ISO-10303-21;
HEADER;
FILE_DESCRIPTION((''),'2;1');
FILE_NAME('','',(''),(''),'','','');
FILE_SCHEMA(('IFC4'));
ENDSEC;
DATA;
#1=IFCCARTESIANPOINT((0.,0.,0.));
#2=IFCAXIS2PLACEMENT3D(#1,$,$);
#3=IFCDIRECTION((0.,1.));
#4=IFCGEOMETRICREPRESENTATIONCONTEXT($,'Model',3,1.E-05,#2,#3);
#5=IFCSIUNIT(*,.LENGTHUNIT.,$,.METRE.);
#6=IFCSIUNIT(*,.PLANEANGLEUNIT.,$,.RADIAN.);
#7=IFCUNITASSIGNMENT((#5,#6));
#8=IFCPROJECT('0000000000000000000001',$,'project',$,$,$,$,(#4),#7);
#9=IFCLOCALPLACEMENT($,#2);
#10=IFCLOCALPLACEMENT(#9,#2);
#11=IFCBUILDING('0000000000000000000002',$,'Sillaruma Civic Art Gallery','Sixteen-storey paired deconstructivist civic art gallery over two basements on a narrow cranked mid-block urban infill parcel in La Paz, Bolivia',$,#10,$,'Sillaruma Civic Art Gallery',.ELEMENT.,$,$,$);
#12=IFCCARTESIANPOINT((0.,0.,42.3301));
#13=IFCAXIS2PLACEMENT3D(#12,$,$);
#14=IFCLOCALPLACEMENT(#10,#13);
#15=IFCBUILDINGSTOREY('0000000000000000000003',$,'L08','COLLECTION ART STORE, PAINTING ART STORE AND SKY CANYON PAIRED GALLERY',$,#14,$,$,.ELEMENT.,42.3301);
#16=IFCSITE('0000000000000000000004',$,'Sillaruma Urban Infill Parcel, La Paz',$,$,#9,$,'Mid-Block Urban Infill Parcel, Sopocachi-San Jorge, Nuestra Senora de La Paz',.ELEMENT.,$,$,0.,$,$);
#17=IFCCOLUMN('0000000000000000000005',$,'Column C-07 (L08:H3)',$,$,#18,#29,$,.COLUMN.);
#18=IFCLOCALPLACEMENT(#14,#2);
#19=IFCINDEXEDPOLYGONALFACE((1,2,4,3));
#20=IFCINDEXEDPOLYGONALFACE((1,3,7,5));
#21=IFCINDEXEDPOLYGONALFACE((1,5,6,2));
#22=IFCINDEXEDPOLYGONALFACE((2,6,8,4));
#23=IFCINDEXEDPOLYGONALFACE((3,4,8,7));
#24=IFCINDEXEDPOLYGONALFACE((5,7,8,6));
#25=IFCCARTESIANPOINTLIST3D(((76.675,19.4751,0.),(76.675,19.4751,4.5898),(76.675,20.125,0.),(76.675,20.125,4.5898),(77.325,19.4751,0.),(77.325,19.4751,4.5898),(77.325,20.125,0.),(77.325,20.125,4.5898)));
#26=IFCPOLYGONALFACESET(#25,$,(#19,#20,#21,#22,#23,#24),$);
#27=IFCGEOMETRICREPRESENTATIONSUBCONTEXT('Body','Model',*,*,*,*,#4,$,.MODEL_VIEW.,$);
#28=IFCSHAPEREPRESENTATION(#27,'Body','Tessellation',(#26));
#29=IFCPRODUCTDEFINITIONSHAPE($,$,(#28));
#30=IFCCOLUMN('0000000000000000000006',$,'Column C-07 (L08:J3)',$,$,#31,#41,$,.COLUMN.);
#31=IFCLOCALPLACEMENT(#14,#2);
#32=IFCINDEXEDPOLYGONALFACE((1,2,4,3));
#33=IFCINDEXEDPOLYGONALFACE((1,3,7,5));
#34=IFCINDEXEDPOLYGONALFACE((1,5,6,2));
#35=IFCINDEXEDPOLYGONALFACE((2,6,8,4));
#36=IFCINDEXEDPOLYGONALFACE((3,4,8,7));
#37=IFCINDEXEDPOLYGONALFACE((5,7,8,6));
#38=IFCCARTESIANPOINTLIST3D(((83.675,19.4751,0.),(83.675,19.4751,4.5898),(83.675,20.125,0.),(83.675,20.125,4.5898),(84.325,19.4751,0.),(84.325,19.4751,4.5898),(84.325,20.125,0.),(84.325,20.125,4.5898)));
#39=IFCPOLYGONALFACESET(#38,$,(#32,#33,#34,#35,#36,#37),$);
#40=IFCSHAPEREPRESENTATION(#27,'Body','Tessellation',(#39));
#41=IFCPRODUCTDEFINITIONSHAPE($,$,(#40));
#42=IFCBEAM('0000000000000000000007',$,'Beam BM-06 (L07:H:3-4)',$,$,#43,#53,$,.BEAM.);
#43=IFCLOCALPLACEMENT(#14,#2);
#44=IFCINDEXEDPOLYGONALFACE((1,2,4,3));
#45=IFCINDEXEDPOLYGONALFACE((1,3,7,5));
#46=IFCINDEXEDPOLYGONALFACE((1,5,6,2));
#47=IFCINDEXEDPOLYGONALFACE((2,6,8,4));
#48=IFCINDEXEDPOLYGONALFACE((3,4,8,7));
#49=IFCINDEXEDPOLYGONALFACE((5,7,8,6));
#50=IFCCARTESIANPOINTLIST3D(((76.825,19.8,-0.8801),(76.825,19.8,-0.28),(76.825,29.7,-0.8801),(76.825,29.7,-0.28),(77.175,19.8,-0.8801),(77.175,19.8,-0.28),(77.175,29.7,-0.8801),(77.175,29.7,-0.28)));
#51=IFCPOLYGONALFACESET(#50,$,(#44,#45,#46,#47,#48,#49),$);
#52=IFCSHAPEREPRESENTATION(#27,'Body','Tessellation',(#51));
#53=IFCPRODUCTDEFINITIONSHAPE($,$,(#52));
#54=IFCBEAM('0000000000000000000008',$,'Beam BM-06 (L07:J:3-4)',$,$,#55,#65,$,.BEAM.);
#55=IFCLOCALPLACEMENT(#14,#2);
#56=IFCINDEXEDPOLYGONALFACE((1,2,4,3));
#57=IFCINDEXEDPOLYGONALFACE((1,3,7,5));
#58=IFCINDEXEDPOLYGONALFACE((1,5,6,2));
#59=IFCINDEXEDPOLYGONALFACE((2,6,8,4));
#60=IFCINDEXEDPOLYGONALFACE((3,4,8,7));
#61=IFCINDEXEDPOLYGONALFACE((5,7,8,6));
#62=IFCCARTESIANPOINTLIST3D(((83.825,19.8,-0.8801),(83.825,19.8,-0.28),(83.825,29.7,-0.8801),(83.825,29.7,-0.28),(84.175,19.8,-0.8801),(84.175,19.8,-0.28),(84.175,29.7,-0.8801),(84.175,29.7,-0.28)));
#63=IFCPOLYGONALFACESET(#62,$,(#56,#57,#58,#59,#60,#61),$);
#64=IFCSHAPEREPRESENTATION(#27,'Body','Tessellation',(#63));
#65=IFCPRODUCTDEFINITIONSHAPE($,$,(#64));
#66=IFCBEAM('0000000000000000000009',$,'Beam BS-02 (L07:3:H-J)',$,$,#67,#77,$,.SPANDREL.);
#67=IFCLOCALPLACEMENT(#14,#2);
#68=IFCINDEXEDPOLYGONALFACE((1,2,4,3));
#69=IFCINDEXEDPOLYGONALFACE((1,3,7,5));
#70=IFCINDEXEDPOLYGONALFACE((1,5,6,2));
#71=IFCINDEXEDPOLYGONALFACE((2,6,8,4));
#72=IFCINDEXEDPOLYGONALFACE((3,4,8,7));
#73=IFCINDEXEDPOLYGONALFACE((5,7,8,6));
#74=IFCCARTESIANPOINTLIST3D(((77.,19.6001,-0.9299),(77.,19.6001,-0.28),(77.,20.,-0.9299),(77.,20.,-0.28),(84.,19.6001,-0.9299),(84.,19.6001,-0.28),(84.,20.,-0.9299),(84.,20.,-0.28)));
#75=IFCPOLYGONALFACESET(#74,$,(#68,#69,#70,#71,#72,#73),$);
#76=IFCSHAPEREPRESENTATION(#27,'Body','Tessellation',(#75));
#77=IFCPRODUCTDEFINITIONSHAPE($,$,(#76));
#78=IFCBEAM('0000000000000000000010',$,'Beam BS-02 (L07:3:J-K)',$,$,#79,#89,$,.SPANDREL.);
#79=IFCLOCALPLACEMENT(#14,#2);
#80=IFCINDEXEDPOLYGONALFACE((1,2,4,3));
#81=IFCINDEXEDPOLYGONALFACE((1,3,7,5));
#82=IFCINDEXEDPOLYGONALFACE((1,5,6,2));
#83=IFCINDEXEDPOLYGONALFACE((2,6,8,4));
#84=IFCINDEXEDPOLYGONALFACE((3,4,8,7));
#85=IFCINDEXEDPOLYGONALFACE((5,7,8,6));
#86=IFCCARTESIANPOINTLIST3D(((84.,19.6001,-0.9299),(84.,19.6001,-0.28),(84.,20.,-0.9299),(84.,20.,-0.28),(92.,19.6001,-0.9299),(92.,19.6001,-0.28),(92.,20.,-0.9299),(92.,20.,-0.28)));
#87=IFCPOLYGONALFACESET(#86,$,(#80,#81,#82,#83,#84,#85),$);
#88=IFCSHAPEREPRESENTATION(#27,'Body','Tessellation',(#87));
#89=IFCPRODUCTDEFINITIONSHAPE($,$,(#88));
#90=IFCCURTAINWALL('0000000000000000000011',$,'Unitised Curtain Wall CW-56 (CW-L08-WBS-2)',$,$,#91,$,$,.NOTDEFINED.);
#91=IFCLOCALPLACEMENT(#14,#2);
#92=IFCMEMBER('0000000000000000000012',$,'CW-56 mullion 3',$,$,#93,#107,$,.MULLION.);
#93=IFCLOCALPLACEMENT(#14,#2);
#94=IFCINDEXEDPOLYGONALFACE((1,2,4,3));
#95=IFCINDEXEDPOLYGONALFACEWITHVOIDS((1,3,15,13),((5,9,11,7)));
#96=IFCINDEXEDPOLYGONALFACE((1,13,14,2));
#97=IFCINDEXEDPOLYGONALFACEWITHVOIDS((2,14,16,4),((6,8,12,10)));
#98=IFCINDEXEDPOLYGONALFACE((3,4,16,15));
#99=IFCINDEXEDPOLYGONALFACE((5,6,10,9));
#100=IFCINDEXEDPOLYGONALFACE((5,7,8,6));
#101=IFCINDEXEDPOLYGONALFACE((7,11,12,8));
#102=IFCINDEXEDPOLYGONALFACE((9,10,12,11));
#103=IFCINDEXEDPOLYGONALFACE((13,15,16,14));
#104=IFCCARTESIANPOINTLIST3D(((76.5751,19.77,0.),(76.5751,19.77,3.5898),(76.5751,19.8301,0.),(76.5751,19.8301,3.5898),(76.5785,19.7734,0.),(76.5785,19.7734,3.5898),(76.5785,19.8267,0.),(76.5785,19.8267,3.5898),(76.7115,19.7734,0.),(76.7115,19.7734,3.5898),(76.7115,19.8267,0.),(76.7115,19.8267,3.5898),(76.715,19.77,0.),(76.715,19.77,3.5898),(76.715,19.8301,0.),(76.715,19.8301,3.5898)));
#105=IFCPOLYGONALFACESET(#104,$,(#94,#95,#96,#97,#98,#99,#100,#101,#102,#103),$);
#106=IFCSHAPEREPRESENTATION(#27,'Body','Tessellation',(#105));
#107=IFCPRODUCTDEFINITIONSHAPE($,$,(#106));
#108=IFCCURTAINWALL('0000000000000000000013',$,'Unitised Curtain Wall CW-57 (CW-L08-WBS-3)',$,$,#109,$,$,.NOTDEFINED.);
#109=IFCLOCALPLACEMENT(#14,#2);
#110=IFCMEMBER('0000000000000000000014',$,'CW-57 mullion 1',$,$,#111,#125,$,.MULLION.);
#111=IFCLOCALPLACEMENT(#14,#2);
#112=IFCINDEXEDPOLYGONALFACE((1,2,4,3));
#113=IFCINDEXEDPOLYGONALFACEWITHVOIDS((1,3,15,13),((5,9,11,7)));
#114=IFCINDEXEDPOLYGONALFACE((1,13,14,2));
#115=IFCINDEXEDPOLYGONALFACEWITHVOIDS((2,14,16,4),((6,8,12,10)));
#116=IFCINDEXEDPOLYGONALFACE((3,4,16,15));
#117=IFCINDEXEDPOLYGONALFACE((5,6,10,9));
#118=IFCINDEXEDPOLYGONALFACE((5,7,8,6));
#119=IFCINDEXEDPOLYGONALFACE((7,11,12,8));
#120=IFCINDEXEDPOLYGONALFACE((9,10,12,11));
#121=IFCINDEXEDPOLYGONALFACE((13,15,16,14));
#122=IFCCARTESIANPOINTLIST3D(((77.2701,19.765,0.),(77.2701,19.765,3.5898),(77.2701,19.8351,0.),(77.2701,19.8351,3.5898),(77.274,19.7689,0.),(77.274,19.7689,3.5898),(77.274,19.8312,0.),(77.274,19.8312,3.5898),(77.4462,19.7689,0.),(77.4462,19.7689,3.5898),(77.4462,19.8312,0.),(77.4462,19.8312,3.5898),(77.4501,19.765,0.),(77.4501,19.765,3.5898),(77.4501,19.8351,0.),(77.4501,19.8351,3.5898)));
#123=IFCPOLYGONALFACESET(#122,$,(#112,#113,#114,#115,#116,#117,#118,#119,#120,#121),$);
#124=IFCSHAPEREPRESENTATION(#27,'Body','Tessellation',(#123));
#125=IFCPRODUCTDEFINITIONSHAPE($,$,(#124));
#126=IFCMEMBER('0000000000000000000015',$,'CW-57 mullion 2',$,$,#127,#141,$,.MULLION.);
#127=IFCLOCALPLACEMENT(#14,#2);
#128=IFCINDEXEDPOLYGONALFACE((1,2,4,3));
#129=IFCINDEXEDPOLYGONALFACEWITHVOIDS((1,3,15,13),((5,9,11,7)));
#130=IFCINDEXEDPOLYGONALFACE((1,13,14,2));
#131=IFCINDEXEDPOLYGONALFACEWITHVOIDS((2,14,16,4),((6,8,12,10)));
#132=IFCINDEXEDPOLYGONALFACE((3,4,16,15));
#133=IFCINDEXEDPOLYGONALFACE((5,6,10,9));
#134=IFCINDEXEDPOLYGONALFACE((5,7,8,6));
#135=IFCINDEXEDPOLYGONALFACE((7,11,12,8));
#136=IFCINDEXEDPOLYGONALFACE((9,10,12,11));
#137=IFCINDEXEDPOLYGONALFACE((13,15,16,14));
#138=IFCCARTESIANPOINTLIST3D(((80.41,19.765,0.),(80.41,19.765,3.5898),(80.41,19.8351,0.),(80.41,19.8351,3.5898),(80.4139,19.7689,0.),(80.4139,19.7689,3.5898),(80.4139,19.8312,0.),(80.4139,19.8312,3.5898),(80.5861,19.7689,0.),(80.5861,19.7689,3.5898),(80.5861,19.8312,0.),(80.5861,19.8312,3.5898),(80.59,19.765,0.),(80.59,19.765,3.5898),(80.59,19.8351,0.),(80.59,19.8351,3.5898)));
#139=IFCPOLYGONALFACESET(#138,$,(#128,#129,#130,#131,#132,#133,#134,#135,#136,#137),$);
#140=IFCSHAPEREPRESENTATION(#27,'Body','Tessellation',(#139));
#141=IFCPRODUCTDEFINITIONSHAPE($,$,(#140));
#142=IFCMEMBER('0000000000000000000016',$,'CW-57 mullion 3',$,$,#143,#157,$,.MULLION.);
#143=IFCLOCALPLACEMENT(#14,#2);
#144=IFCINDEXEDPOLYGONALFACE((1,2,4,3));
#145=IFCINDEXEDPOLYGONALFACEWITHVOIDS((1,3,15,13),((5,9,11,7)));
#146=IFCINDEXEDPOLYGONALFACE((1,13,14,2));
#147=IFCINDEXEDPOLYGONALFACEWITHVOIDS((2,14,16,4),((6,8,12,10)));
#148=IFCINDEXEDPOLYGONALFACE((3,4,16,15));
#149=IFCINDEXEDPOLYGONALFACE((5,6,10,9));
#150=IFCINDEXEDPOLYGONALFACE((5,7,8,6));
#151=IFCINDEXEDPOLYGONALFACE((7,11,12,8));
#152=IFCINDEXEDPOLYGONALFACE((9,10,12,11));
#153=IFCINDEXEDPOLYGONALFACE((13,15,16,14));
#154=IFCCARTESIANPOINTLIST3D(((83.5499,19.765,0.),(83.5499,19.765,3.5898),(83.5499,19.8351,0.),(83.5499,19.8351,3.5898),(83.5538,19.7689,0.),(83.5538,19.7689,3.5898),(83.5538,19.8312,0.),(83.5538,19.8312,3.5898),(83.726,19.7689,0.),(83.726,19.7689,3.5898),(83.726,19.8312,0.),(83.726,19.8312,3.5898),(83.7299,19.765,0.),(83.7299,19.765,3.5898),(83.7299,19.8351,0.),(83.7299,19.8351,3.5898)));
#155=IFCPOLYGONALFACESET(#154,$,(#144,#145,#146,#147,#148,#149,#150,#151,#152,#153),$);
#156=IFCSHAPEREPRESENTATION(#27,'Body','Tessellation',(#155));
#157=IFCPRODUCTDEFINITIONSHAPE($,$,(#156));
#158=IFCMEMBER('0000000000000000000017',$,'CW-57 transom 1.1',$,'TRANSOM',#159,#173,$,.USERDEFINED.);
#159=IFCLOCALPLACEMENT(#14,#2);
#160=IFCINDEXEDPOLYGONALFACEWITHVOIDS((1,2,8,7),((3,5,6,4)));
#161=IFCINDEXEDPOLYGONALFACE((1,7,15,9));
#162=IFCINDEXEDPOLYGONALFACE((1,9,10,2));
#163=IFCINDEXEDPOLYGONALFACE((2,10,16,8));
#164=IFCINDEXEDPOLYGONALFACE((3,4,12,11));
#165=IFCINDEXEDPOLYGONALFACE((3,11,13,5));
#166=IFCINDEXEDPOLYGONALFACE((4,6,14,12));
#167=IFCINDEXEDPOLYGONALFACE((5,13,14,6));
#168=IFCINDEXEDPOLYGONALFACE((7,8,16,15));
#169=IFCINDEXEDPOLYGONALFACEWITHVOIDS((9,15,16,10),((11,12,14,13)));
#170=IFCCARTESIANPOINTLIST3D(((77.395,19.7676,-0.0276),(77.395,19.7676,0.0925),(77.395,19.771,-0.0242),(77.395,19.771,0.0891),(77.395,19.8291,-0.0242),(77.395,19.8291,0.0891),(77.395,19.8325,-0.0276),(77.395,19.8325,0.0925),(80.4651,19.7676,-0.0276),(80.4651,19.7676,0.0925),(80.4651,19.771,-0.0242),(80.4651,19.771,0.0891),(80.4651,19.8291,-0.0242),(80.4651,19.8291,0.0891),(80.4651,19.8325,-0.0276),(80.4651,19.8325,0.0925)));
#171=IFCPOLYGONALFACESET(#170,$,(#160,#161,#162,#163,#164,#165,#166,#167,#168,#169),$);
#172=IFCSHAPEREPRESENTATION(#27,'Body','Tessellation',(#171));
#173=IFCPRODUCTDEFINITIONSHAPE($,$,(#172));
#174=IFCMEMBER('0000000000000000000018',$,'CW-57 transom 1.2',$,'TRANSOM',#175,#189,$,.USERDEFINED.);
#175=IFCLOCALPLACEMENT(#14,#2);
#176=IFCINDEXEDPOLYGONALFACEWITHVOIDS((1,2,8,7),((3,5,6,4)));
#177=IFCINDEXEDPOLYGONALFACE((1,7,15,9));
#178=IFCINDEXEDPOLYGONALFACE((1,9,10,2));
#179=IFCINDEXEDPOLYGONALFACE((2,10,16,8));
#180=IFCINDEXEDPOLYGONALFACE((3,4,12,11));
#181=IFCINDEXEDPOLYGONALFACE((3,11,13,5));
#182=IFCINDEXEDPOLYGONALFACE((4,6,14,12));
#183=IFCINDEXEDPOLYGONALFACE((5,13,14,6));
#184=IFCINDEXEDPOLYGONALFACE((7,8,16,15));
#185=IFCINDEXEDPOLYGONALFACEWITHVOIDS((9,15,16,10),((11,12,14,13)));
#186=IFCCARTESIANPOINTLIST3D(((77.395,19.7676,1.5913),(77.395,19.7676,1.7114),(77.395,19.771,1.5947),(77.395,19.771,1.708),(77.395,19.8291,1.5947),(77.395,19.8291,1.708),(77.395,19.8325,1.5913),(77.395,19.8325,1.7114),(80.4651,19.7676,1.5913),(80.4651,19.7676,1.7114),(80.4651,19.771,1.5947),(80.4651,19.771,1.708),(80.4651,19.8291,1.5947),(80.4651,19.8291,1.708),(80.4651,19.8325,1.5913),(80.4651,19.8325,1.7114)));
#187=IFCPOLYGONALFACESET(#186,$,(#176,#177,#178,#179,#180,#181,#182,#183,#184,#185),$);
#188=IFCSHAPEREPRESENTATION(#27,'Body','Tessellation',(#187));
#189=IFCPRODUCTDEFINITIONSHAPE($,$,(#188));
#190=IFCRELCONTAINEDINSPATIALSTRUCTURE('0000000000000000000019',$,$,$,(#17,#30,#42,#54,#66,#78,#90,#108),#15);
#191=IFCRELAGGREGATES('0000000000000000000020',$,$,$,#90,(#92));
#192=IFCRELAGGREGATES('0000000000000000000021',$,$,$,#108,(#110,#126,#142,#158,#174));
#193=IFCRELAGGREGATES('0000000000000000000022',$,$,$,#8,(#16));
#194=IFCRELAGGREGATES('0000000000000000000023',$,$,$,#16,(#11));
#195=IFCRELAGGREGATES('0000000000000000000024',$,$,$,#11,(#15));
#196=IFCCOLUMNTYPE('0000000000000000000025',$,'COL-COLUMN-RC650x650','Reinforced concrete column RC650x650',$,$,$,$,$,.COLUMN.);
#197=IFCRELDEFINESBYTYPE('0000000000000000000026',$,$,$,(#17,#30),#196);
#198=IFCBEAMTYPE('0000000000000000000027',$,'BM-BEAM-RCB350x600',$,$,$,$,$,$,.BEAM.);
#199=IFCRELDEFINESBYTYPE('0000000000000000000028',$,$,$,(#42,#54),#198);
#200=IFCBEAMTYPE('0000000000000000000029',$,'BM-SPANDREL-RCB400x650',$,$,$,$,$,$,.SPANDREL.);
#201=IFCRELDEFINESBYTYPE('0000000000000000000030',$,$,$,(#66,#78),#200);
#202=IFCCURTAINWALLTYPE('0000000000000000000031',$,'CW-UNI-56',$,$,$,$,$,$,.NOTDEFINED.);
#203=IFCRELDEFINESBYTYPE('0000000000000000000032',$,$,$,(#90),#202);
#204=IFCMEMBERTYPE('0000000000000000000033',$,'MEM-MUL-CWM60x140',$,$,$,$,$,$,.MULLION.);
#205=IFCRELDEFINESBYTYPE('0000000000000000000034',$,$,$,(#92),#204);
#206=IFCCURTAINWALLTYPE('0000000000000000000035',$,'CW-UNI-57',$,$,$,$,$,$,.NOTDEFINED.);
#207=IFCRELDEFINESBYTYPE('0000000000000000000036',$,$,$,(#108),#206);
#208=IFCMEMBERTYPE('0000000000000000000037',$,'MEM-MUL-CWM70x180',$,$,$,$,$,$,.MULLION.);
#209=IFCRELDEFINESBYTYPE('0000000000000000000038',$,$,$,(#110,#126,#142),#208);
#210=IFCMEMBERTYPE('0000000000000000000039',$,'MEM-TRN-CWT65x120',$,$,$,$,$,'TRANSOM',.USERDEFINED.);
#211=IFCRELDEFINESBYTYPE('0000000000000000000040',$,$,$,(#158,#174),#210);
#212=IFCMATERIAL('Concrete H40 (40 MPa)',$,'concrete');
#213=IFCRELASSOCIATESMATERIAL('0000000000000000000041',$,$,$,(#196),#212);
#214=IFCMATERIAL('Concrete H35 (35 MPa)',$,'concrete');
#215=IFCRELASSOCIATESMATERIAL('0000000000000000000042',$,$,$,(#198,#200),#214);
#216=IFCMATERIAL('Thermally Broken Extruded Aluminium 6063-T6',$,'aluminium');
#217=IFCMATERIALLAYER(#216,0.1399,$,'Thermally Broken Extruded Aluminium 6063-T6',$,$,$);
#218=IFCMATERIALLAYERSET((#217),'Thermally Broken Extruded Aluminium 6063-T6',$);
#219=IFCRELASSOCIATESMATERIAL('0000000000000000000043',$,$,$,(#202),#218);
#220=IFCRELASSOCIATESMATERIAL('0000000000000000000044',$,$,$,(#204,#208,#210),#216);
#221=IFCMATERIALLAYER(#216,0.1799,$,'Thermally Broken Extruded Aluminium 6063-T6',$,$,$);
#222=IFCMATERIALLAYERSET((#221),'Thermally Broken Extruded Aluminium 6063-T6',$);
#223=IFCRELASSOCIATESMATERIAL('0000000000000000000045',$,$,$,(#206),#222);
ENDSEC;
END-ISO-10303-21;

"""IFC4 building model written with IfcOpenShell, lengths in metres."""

from ifc_helpers import new_model, si_unit, direction, frame, origin, origin_2d, place, context, subcontext, project, spatial, rectangle, hollow_rectangle, extrude, material, layer, layer_set, material_profile, profile_set, type_object, element, aggregate, save


model = new_model("IFC4")

# Units and contexts
model_context = context("Model", 3, precision=1e-05, world=origin(), true_north=direction((0.0, 1.0)))
body_context = subcontext(model_context, "Body", "Model", "MODEL_VIEW")
ifc_project = project(units=[si_unit("LENGTHUNIT", "METRE"), si_unit("PLANEANGLEUNIT", "RADIAN")], contexts=[model_context])

# Site, building, storey
site_placement = place(None, origin())
site = spatial("IfcSite", under=ifc_project, at=site_placement, Name="Sillaruma Urban Infill Parcel, La Paz", LongName="Mid-Block Urban Infill Parcel, Sopocachi-San Jorge, Nuestra Senora de La Paz", CompositionType="ELEMENT", RefElevation=0.0)
building_placement = place(site_placement, origin())
building = spatial("IfcBuilding", under=site, at=building_placement, Name="Sillaruma Civic Art Gallery", Description="Sixteen-storey paired deconstructivist civic art gallery over two basements on a narrow cranked mid-block urban infill parcel in La Paz, Bolivia", LongName="Sillaruma Civic Art Gallery", CompositionType="ELEMENT")
storey_placement = place(building_placement, frame((0.0, 0.0, 42.3301)))
storey = spatial("IfcBuildingStorey", under=building, at=storey_placement, Name="L08", Description="COLLECTION ART STORE, PAINTING ART STORE AND SKY CANYON PAIRED GALLERY", CompositionType="ELEMENT", Elevation=42.3301)

# Columns
ifc_material_1 = material(Name="Concrete H40 (40 MPa)", Category="concrete")
ifc_material_profile_1 = material_profile(ifc_material_1, rectangle(XDim=0.6499, YDim=0.6499, at=origin_2d()), Name="RC650x650")
ifc_profile_set_1 = profile_set([ifc_material_profile_1], Name="Concrete H40 (40 MPa)")
column_type = type_object("IfcColumnType", Name="COL-COLUMN-RC650x650", Description="Reinforced concrete column RC650x650", PredefinedType="COLUMN", material=ifc_profile_set_1)
for number, where, z_axis, x_axis, name in (
    (1, (77.0, 19.8, 0.0), (0.0, 0.0, 1.0), (1.0, 0.0, 0.0), "Column C-07 (L08:H3)"),
    (2, (84.0, 19.8, 0.0), (0.0, 0.0, 1.0), (1.0, 0.0, 0.0), "Column C-07 (L08:J3)"),
):
    element("IfcColumn", number, at=place(storey_placement, frame(where, z_axis=z_axis, x_axis=x_axis)), inside=storey, type_object=column_type, Name=name, PredefinedType="COLUMN", context=body_context, shape_type="SweptSolid", body=[
        extrude(rectangle(XDim=0.6499, YDim=0.6499, at=origin_2d()), origin(), (0.0, 0.0, 1.0), 4.5898),
    ])

# Beams
ifc_material_2 = material(Name="Concrete H35 (35 MPa)", Category="concrete")
ifc_material_profile_2 = material_profile(ifc_material_2, rectangle(XDim=0.3501, YDim=0.6001, at=origin_2d()), Name="RCB350x600")
ifc_profile_set_2 = profile_set([ifc_material_profile_2], Name="Concrete H35 (35 MPa)")
beam_type_1 = type_object("IfcBeamType", Name="BM-BEAM-RCB350x600", PredefinedType="BEAM", material=ifc_profile_set_2)
for number, where, z_axis, x_axis, name in (
    (3, (77.0, 19.8, -0.5801), (0.0, 1.0, 0.0), (-1.0, 0.0, 0.0), "Beam BM-06 (L07:H:3-4)"),
    (4, (84.0, 19.8, -0.5801), (0.0, 1.0, 0.0), (-1.0, 0.0, 0.0), "Beam BM-06 (L07:J:3-4)"),
):
    element("IfcBeam", number, at=place(storey_placement, frame(where, z_axis=z_axis, x_axis=x_axis)), inside=storey, type_object=beam_type_1, Name=name, PredefinedType="BEAM", context=body_context, shape_type="SweptSolid", body=[
        extrude(rectangle(XDim=0.3501, YDim=0.6001, at=origin_2d()), origin(), (0.0, 0.0, 1.0), 9.8999),
    ])
ifc_material_profile_3 = material_profile(ifc_material_2, rectangle(XDim=0.3999, YDim=0.6499, at=origin_2d()), Name="RCB400x650")
ifc_profile_set_3 = profile_set([ifc_material_profile_3], Name="Concrete H35 (35 MPa)")
beam_type_2 = type_object("IfcBeamType", Name="BM-SPANDREL-RCB400x650", PredefinedType="SPANDREL", material=ifc_profile_set_3)
beam_1_placement = place(storey_placement, frame((77.0, 19.8, -0.605), z_axis=(1.0, 0.0, 0.0), x_axis=(0.0, 1.0, 0.0)))
element("IfcBeam", 5, at=beam_1_placement, inside=storey, type_object=beam_type_2, Name="Beam BS-02 (L07:3:H-J)", PredefinedType="SPANDREL", context=body_context, shape_type="SweptSolid", body=[
    extrude(rectangle(XDim=0.3999, YDim=0.6499, at=origin_2d()), origin(), (0.0, 0.0, 1.0), 7.0),
])
beam_2_placement = place(storey_placement, frame((84.0, 19.8, -0.605), z_axis=(1.0, 0.0, 0.0), x_axis=(0.0, 1.0, 0.0)))
element("IfcBeam", 6, at=beam_2_placement, inside=storey, type_object=beam_type_2, Name="Beam BS-02 (L07:3:J-K)", PredefinedType="SPANDREL", context=body_context, shape_type="SweptSolid", body=[
    extrude(rectangle(XDim=0.3999, YDim=0.6499, at=origin_2d()), origin(), (0.0, 0.0, 1.0), 8.0),
])

# Curtain wall, member
ifc_material_3 = material(Name="Thermally Broken Extruded Aluminium 6063-T6", Category="aluminium")
ifc_layer_1 = layer(ifc_material_3, 0.1399, Name="Thermally Broken Extruded Aluminium 6063-T6")
ifc_layer_set_1 = layer_set([ifc_layer_1], Name="Thermally Broken Extruded Aluminium 6063-T6")
curtain_wall_type_1 = type_object("IfcCurtainWallType", Name="CW-UNI-56", PredefinedType="NOTDEFINED", material=ifc_layer_set_1)
curtain_wall_1_placement = place(storey_placement, origin())
curtain_wall_1 = element("IfcCurtainWall", 7, at=curtain_wall_1_placement, inside=storey, type_object=curtain_wall_type_1, Name="Unitised Curtain Wall CW-56 (CW-L08-WBS-2)", PredefinedType="NOTDEFINED")
ifc_material_profile_4 = material_profile(ifc_material_3, hollow_rectangle(XDim=0.0601, YDim=0.1399, WallThickness=0.0034, at=origin_2d()), Name="CWM60x140")
ifc_profile_set_4 = profile_set([ifc_material_profile_4], Name="Thermally Broken Extruded Aluminium 6063-T6")
member_type_1 = type_object("IfcMemberType", Name="MEM-MUL-CWM60x140", PredefinedType="MULLION", material=ifc_profile_set_4)
member_1_placement = place(storey_placement, frame((76.645, 19.8, 0.0), z_axis=(0.0, 0.0, 1.0), x_axis=(0.0, 1.0, 0.0)))
member_1 = element("IfcMember", 8, at=member_1_placement, type_object=member_type_1, Name="CW-56 mullion 3", PredefinedType="MULLION", context=body_context, shape_type="SweptSolid", body=[
    extrude(hollow_rectangle(XDim=0.0601, YDim=0.1399, WallThickness=0.0034, at=origin_2d()), origin(), (0.0, 0.0, 1.0), 3.5898),
])
aggregate(curtain_wall_1, [member_1])

# Curtain wall, members
ifc_layer_2 = layer(ifc_material_3, 0.1799, Name="Thermally Broken Extruded Aluminium 6063-T6")
ifc_layer_set_2 = layer_set([ifc_layer_2], Name="Thermally Broken Extruded Aluminium 6063-T6")
curtain_wall_type_2 = type_object("IfcCurtainWallType", Name="CW-UNI-57", PredefinedType="NOTDEFINED", material=ifc_layer_set_2)
curtain_wall_2_placement = place(storey_placement, origin())
curtain_wall_2 = element("IfcCurtainWall", 9, at=curtain_wall_2_placement, inside=storey, type_object=curtain_wall_type_2, Name="Unitised Curtain Wall CW-57 (CW-L08-WBS-3)", PredefinedType="NOTDEFINED")
ifc_material_profile_5 = material_profile(ifc_material_3, hollow_rectangle(XDim=0.0701, YDim=0.1799, WallThickness=0.0039, at=origin_2d()), Name="CWM70x180")
ifc_profile_set_5 = profile_set([ifc_material_profile_5], Name="Thermally Broken Extruded Aluminium 6063-T6")
member_type_2 = type_object("IfcMemberType", Name="MEM-MUL-CWM70x180", PredefinedType="MULLION", material=ifc_profile_set_5)
member_2_placement = place(storey_placement, frame((77.3601, 19.8, 0.0), z_axis=(0.0, 0.0, 1.0), x_axis=(0.0, 1.0, 0.0)))
member_2 = element("IfcMember", 10, at=member_2_placement, type_object=member_type_2, Name="CW-57 mullion 1", PredefinedType="MULLION", context=body_context, shape_type="SweptSolid", body=[
    extrude(hollow_rectangle(XDim=0.0701, YDim=0.1799, WallThickness=0.0039, at=origin_2d()), origin(), (0.0, 0.0, 1.0), 3.5898),
])
member_3_placement = place(storey_placement, frame((80.5, 19.8, 0.0), z_axis=(0.0, 0.0, 1.0), x_axis=(0.0, 1.0, 0.0)))
member_3 = element("IfcMember", 11, at=member_3_placement, type_object=member_type_2, Name="CW-57 mullion 2", PredefinedType="MULLION", context=body_context, shape_type="SweptSolid", body=[
    extrude(hollow_rectangle(XDim=0.0701, YDim=0.1799, WallThickness=0.0039, at=origin_2d()), origin(), (0.0, 0.0, 1.0), 3.5898),
])
member_4_placement = place(storey_placement, frame((83.6399, 19.8, 0.0), z_axis=(0.0, 0.0, 1.0), x_axis=(0.0, 1.0, 0.0)))
member_4 = element("IfcMember", 12, at=member_4_placement, type_object=member_type_2, Name="CW-57 mullion 3", PredefinedType="MULLION", context=body_context, shape_type="SweptSolid", body=[
    extrude(hollow_rectangle(XDim=0.0701, YDim=0.1799, WallThickness=0.0039, at=origin_2d()), origin(), (0.0, 0.0, 1.0), 3.5898),
])
ifc_material_profile_6 = material_profile(ifc_material_3, hollow_rectangle(XDim=0.0649, YDim=0.1201, WallThickness=0.0034, at=origin_2d()), Name="CWT65x120")
ifc_profile_set_6 = profile_set([ifc_material_profile_6], Name="Thermally Broken Extruded Aluminium 6063-T6")
member_type_3 = type_object("IfcMemberType", Name="MEM-TRN-CWT65x120", ElementType="TRANSOM", PredefinedType="USERDEFINED", material=ifc_profile_set_6)
member_5_placement = place(storey_placement, frame((77.395, 19.8, 0.0325), z_axis=(1.0, 0.0, 0.0), x_axis=(0.0, 1.0, 0.0)))
member_5 = element("IfcMember", 13, at=member_5_placement, type_object=member_type_3, Name="CW-57 transom 1.1", ObjectType="TRANSOM", PredefinedType="USERDEFINED", context=body_context, shape_type="SweptSolid", body=[
    extrude(hollow_rectangle(XDim=0.0649, YDim=0.1201, WallThickness=0.0034, at=origin_2d()), origin(), (0.0, 0.0, 1.0), 3.0701),
])
member_6_placement = place(storey_placement, frame((77.395, 19.8, 1.6514), z_axis=(1.0, 0.0, 0.0), x_axis=(0.0, 1.0, 0.0)))
member_6 = element("IfcMember", 14, at=member_6_placement, type_object=member_type_3, Name="CW-57 transom 1.2", ObjectType="TRANSOM", PredefinedType="USERDEFINED", context=body_context, shape_type="SweptSolid", body=[
    extrude(hollow_rectangle(XDim=0.0649, YDim=0.1201, WallThickness=0.0034, at=origin_2d()), origin(), (0.0, 0.0, 1.0), 3.0701),
])
aggregate(curtain_wall_2, [member_2, member_3, member_4, member_5, member_6])

save(model, "model.ifc")
